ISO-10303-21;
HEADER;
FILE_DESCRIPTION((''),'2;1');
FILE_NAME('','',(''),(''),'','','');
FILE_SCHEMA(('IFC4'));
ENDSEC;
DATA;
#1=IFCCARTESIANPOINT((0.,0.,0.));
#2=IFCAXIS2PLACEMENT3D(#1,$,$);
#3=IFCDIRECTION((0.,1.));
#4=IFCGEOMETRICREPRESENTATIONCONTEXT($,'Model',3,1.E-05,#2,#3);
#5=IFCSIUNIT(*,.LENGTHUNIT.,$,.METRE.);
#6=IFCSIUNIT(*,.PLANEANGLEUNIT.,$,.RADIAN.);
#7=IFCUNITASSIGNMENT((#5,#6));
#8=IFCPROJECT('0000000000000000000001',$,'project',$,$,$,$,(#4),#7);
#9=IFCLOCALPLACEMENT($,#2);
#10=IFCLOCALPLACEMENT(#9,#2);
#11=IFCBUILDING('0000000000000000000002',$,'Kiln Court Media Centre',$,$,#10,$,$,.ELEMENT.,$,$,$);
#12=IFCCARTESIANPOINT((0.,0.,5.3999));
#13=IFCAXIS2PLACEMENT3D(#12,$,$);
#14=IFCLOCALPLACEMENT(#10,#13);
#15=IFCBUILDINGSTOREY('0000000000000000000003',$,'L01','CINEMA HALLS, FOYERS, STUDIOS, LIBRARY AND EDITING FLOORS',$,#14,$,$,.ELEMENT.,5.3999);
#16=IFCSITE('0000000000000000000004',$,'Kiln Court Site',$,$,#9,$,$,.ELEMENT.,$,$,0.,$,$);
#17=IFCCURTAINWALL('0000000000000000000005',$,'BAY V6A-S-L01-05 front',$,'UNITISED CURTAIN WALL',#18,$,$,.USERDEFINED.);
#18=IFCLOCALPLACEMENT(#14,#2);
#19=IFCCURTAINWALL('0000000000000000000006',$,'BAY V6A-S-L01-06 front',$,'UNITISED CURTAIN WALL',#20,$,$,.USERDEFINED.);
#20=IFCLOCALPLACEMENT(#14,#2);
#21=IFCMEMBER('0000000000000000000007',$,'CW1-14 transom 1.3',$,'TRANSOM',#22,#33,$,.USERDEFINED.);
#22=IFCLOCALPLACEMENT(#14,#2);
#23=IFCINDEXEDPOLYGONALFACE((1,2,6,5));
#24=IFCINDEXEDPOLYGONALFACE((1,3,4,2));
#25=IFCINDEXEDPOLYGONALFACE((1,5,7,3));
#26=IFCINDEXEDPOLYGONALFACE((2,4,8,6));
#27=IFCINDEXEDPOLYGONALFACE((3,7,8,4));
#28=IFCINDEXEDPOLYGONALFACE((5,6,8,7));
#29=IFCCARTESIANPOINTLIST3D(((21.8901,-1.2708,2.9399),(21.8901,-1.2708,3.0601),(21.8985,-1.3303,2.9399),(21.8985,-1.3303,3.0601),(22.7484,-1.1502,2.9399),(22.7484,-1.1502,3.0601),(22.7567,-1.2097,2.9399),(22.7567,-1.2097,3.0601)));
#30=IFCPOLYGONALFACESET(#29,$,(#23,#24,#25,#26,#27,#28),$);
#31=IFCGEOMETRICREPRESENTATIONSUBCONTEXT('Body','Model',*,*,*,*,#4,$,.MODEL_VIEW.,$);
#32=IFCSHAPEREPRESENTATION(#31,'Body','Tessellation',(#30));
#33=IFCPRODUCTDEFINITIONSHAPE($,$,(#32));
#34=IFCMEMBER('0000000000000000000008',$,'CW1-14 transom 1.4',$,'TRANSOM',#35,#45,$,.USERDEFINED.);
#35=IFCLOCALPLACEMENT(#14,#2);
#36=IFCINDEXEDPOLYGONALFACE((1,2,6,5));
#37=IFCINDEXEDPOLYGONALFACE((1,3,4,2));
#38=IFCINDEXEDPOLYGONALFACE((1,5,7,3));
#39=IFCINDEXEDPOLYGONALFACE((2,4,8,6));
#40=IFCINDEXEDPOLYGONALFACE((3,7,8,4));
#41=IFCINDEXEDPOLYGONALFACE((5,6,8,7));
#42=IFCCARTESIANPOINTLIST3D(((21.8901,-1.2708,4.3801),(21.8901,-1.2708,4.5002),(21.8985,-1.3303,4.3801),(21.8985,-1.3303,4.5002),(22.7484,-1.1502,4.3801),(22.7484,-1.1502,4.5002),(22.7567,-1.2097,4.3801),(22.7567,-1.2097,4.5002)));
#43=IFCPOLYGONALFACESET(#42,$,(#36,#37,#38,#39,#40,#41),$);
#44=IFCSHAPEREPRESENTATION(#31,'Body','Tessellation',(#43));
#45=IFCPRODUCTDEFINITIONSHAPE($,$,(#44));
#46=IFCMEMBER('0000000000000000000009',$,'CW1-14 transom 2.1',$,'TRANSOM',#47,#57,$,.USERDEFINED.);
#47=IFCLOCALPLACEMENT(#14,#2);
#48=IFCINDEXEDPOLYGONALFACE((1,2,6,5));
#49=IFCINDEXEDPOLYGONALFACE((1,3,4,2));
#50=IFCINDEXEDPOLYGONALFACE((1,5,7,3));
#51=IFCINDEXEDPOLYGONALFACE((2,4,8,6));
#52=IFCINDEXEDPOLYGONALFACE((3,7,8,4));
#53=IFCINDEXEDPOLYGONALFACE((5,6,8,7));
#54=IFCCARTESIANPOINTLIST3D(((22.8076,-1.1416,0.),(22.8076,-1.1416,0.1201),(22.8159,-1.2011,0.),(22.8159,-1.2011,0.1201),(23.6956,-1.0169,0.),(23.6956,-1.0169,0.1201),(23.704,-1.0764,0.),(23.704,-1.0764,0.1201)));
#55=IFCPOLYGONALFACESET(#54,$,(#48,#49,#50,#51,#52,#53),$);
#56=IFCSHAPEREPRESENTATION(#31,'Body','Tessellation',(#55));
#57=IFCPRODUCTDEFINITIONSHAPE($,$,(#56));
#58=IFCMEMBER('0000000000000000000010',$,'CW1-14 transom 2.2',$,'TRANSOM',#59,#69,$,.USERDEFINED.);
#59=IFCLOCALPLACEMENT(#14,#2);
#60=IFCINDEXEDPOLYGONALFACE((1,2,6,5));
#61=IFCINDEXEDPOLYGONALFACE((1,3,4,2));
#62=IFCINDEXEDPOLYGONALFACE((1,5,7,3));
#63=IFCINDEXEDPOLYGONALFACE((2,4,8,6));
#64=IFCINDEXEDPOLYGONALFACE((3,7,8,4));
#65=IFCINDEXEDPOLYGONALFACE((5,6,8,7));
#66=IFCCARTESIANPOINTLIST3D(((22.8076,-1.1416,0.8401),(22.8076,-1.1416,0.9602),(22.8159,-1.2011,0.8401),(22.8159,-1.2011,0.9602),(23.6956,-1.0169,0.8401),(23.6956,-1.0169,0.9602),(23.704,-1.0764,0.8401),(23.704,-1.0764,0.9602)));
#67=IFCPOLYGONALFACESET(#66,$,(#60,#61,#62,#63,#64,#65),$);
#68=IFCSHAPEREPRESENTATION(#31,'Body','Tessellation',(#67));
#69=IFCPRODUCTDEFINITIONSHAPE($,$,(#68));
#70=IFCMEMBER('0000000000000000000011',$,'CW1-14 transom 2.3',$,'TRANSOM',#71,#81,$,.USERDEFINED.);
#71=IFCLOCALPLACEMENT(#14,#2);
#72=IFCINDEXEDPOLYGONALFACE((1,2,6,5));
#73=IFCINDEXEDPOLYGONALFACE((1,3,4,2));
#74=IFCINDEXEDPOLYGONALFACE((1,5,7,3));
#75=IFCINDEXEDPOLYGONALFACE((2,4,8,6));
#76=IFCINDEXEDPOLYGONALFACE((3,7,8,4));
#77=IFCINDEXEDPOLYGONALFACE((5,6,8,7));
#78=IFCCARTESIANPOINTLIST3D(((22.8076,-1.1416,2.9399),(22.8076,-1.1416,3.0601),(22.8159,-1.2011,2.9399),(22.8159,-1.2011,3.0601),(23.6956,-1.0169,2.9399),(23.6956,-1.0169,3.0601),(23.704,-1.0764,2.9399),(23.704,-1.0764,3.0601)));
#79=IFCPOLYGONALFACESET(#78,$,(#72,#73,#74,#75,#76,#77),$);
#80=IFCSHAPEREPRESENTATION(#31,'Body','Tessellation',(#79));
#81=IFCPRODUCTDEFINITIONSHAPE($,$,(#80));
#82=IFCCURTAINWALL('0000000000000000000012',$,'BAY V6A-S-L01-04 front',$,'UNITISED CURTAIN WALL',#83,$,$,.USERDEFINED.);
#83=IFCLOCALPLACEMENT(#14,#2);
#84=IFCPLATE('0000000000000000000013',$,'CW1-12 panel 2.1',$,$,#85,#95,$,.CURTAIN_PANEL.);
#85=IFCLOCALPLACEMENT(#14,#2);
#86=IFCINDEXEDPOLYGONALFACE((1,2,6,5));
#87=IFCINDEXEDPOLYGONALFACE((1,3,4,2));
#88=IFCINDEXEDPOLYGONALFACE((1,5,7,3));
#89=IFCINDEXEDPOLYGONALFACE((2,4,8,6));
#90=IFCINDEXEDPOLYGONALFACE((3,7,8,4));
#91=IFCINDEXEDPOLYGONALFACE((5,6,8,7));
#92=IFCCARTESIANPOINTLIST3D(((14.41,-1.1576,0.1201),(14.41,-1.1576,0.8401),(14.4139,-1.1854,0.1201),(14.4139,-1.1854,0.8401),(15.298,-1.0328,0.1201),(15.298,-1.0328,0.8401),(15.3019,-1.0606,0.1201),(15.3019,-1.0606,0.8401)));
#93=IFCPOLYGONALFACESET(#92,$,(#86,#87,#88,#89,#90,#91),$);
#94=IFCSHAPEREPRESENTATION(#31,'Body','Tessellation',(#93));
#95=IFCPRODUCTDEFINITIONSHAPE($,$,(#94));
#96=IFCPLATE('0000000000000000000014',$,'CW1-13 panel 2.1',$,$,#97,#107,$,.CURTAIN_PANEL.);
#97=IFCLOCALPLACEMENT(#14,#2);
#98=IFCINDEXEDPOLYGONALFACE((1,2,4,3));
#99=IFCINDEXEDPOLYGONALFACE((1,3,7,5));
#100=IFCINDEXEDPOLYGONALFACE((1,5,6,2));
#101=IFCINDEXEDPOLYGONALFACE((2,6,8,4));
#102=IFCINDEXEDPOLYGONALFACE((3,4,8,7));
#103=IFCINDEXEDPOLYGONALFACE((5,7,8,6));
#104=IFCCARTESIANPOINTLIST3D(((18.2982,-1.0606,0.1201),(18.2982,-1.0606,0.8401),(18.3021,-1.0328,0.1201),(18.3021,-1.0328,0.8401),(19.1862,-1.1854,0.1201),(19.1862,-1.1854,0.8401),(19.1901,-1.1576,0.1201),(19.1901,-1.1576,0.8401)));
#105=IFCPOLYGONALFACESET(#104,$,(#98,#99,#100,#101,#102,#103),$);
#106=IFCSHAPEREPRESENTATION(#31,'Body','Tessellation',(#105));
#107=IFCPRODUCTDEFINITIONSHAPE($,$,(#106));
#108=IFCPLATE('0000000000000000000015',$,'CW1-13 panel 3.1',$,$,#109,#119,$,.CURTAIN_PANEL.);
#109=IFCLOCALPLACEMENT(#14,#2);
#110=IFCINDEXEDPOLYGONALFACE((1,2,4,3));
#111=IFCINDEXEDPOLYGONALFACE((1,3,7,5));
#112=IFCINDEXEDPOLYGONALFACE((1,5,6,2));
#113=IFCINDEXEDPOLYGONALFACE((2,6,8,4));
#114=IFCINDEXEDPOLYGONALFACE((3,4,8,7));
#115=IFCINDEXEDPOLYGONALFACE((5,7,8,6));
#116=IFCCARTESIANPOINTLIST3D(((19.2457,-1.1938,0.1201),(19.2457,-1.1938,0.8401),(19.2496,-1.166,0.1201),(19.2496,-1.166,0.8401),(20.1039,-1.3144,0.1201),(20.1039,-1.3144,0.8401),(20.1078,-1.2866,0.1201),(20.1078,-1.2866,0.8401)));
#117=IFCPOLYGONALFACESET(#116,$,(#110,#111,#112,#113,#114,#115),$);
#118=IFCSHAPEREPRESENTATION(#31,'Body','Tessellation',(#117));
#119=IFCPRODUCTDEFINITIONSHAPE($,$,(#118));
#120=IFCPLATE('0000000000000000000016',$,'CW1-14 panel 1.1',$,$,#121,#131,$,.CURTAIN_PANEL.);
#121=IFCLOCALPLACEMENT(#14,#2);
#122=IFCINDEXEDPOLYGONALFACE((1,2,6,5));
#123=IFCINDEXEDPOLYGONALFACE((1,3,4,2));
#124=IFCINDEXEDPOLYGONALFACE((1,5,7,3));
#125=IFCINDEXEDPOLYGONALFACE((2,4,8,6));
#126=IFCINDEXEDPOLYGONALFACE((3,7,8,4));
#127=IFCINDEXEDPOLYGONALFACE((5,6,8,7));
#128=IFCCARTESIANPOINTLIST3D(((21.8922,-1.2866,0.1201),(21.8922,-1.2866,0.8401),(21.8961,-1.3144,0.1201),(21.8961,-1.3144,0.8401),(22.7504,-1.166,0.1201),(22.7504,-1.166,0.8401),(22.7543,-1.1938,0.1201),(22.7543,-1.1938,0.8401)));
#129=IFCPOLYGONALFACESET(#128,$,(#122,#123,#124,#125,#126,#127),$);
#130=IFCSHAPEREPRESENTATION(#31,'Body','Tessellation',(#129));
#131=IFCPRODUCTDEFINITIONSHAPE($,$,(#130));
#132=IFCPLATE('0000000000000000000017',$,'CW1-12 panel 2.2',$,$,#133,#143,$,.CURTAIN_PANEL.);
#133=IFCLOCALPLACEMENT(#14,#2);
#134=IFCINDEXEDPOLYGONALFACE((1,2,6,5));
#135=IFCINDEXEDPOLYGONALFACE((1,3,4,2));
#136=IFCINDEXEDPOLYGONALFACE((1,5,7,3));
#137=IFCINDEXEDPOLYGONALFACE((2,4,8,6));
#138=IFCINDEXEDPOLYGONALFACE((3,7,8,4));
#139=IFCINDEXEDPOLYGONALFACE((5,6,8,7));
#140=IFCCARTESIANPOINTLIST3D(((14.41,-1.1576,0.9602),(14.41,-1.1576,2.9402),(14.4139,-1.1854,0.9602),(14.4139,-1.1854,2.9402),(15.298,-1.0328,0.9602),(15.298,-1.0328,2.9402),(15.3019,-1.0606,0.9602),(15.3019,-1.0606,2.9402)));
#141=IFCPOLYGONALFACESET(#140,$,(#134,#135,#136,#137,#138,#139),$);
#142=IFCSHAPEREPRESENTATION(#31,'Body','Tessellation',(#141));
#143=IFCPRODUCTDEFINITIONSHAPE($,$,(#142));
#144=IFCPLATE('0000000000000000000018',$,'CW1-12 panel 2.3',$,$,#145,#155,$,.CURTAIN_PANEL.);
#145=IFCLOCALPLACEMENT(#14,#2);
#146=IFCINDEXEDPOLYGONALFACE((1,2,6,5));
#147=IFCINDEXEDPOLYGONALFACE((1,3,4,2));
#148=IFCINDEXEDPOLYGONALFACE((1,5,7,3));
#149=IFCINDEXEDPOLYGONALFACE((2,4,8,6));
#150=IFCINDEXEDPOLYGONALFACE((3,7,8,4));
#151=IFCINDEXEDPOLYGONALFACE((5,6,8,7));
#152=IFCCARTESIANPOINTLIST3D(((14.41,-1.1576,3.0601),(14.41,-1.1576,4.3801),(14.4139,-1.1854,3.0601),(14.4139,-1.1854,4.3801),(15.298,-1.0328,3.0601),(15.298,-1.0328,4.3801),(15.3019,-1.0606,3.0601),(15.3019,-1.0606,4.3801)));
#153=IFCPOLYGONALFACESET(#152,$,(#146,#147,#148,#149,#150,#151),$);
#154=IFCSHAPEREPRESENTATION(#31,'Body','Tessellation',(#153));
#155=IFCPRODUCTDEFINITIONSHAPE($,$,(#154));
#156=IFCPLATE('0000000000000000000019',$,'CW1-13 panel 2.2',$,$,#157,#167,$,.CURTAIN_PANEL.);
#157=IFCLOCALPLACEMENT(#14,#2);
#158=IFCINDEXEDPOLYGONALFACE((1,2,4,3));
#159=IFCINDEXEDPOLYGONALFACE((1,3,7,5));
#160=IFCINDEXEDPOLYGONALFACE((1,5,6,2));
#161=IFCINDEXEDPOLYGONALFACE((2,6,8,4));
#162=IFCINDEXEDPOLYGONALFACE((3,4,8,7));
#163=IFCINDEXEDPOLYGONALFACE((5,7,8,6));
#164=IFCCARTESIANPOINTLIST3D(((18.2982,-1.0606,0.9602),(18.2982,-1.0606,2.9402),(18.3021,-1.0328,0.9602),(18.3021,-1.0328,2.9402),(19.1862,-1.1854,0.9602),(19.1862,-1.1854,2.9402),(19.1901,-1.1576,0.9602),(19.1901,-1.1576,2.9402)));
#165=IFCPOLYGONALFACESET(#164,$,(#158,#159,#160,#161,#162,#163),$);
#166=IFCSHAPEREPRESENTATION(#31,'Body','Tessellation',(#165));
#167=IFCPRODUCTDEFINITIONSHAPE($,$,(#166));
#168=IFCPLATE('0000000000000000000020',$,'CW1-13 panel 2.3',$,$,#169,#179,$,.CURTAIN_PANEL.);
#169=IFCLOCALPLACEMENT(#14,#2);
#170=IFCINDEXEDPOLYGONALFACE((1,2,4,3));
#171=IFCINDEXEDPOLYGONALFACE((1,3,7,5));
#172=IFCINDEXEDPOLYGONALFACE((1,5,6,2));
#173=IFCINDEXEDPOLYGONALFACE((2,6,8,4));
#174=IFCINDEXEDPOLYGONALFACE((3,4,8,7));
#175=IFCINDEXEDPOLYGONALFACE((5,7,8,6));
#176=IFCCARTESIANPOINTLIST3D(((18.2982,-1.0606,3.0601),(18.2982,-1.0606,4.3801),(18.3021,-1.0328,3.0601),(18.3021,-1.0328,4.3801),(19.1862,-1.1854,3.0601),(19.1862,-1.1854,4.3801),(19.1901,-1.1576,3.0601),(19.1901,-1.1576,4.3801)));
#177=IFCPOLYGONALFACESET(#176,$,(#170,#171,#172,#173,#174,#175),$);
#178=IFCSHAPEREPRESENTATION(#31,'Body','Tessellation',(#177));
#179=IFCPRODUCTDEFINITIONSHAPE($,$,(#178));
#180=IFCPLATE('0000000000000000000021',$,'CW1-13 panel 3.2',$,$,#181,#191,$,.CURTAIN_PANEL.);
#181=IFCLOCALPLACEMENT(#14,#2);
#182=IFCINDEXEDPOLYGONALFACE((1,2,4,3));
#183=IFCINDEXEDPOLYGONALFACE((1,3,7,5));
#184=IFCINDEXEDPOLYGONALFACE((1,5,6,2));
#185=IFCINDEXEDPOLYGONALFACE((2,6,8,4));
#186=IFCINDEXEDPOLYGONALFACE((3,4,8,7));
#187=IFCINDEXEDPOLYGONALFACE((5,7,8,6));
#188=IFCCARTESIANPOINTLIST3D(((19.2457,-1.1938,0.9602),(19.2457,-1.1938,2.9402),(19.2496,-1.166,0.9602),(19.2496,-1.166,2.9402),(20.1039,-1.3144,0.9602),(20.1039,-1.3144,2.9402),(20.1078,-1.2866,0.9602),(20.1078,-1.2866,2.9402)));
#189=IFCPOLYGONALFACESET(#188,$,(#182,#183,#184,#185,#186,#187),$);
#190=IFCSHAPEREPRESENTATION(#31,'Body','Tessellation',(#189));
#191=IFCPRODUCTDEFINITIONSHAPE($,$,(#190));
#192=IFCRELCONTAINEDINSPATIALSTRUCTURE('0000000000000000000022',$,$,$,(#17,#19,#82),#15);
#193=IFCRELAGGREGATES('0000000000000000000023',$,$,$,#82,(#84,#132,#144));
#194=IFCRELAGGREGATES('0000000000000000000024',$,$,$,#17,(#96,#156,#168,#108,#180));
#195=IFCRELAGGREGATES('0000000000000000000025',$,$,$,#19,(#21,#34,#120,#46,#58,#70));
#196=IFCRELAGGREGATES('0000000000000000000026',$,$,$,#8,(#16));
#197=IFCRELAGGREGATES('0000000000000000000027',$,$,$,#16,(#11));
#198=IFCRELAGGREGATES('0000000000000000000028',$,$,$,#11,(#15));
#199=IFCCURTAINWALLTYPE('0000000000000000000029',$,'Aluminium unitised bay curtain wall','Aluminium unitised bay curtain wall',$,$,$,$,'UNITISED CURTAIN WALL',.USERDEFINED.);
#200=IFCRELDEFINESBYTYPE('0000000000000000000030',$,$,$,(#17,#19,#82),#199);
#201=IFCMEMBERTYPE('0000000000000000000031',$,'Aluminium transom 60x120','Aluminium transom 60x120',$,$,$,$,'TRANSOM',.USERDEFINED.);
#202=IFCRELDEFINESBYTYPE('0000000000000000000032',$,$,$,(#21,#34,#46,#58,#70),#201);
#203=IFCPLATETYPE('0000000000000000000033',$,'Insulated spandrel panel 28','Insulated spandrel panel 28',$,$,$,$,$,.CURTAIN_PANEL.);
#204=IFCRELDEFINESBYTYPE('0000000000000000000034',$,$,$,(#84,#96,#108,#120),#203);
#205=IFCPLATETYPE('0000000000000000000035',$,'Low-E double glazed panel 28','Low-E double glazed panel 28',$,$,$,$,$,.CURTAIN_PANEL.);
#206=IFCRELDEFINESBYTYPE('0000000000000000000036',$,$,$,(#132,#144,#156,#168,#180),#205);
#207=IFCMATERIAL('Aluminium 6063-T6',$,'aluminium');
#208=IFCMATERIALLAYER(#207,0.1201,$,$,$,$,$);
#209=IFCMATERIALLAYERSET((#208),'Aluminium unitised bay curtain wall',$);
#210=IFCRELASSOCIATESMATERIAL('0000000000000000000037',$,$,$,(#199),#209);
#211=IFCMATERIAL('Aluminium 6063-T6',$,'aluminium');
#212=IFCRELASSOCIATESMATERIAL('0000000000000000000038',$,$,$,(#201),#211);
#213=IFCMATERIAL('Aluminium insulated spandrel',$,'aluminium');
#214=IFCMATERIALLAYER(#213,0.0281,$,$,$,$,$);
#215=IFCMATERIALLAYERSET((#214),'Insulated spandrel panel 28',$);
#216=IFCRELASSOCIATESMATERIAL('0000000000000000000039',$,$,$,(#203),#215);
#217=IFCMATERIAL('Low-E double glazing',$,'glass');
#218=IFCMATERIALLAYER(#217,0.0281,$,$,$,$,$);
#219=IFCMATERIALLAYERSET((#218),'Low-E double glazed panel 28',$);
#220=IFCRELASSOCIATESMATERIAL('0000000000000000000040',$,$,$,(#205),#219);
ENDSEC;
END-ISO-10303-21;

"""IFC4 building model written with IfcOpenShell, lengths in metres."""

from ifc_helpers import new_model, si_unit, direction, frame, origin, origin_2d, place, context, subcontext, project, spatial, rectangle, extrude, material, layer, layer_set, material_profile, profile_set, type_object, element, aggregate, save


model = new_model("IFC4")

# Units and contexts
model_context = context("Model", 3, precision=1e-05, world=origin(), true_north=direction((0.0, 1.0)))
body_context = subcontext(model_context, "Body", "Model", "MODEL_VIEW")
ifc_project = project(units=[si_unit("LENGTHUNIT", "METRE"), si_unit("PLANEANGLEUNIT", "RADIAN")], contexts=[model_context])

# Site, building, storey
site_placement = place(None, origin())
site = spatial("IfcSite", under=ifc_project, at=site_placement, Name="Kiln Court Site", CompositionType="ELEMENT", RefElevation=0.0)
building_placement = place(site_placement, origin())
building = spatial("IfcBuilding", under=site, at=building_placement, Name="Kiln Court Media Centre", CompositionType="ELEMENT")
storey_placement = place(building_placement, frame((0.0, 0.0, 5.3999)))
storey = spatial("IfcBuildingStorey", under=building, at=storey_placement, Name="L01", Description="CINEMA HALLS, FOYERS, STUDIOS, LIBRARY AND EDITING FLOORS", CompositionType="ELEMENT", Elevation=5.3999)

# Curtain walls
ifc_material_1 = material(Name="Aluminium 6063-T6", Category="aluminium")
ifc_layer_1 = layer(ifc_material_1, 0.1201)
ifc_layer_set_1 = layer_set([ifc_layer_1], Name="Aluminium unitised bay curtain wall")
curtain_wall_type = type_object("IfcCurtainWallType", Name="Aluminium unitised bay curtain wall", Description="Aluminium unitised bay curtain wall", ElementType="UNITISED CURTAIN WALL", PredefinedType="USERDEFINED", material=ifc_layer_set_1)
curtain_wall_1_placement = place(storey_placement, origin())
curtain_wall_1 = element("IfcCurtainWall", 1, at=curtain_wall_1_placement, inside=storey, type_object=curtain_wall_type, Name="BAY V6A-S-L01-05 front", ObjectType="UNITISED CURTAIN WALL", PredefinedType="USERDEFINED")
curtain_wall_2_placement = place(storey_placement, origin())
curtain_wall_2 = element("IfcCurtainWall", 2, at=curtain_wall_2_placement, inside=storey, type_object=curtain_wall_type, Name="BAY V6A-S-L01-06 front", ObjectType="UNITISED CURTAIN WALL", PredefinedType="USERDEFINED")

# Members
ifc_material_2 = material(Name="Aluminium 6063-T6", Category="aluminium")
ifc_material_profile_1 = material_profile(ifc_material_2, rectangle(XDim=0.0601, YDim=0.1201, at=origin_2d()), Name="Aluminium transom 60x120")
ifc_profile_set_1 = profile_set([ifc_material_profile_1], Name="Aluminium 6063-T6")
member_type_1 = type_object("IfcMemberType", Name="Aluminium transom 60x120", Description="Aluminium transom 60x120", ElementType="TRANSOM", PredefinedType="USERDEFINED", material=ifc_profile_set_1)
member_1_placement = place(storey_placement, frame((21.8943, -1.3005, 3.0), z_axis=(0.990268, 0.139173, 0.0), x_axis=(-0.139173, 0.990268, 0.0)))
member_1 = element("IfcMember", 3, at=member_1_placement, type_object=member_type_1, Name="CW1-14 transom 1.3", ObjectType="TRANSOM", PredefinedType="USERDEFINED", context=body_context, shape_type="SweptSolid", body=[
    extrude(rectangle(XDim=0.0601, YDim=0.1201, at=origin_2d()), origin(), (0.0, 0.0, 1.0), 0.8667),
])
member_2_placement = place(storey_placement, frame((21.8943, -1.3005, 4.4402), z_axis=(0.990268, 0.139173, 0.0), x_axis=(-0.139173, 0.990268, 0.0)))
member_2 = element("IfcMember", 4, at=member_2_placement, type_object=member_type_1, Name="CW1-14 transom 1.4", ObjectType="TRANSOM", PredefinedType="USERDEFINED", context=body_context, shape_type="SweptSolid", body=[
    extrude(rectangle(XDim=0.0601, YDim=0.1201, at=origin_2d()), origin(), (0.0, 0.0, 1.0), 0.8667),
])
member_3_placement = place(storey_placement, frame((22.8118, -1.1714, 0.0601), z_axis=(0.990274, 0.139134, 0.0), x_axis=(-0.139134, 0.990274, 0.0)))
member_3 = element("IfcMember", 5, at=member_3_placement, type_object=member_type_1, Name="CW1-14 transom 2.1", ObjectType="TRANSOM", PredefinedType="USERDEFINED", context=body_context, shape_type="SweptSolid", body=[
    extrude(rectangle(XDim=0.0601, YDim=0.1201, at=origin_2d()), origin(), (0.0, 0.0, 1.0), 0.8967),
])
member_4_placement = place(storey_placement, frame((22.8118, -1.1714, 0.9001), z_axis=(0.990274, 0.139134, 0.0), x_axis=(-0.139134, 0.990274, 0.0)))
member_4 = element("IfcMember", 6, at=member_4_placement, type_object=member_type_1, Name="CW1-14 transom 2.2", ObjectType="TRANSOM", PredefinedType="USERDEFINED", context=body_context, shape_type="SweptSolid", body=[
    extrude(rectangle(XDim=0.0601, YDim=0.1201, at=origin_2d()), origin(), (0.0, 0.0, 1.0), 0.8967),
])
member_5_placement = place(storey_placement, frame((22.8118, -1.1714, 3.0), z_axis=(0.990274, 0.139134, 0.0), x_axis=(-0.139134, 0.990274, 0.0)))
member_5 = element("IfcMember", 7, at=member_5_placement, type_object=member_type_1, Name="CW1-14 transom 2.3", ObjectType="TRANSOM", PredefinedType="USERDEFINED", context=body_context, shape_type="SweptSolid", body=[
    extrude(rectangle(XDim=0.0601, YDim=0.1201, at=origin_2d()), origin(), (0.0, 0.0, 1.0), 0.8967),
])

# Curtain wall, plate
curtain_wall_3_placement = place(storey_placement, origin())
curtain_wall_3 = element("IfcCurtainWall", 8, at=curtain_wall_3_placement, inside=storey, type_object=curtain_wall_type, Name="BAY V6A-S-L01-04 front", ObjectType="UNITISED CURTAIN WALL", PredefinedType="USERDEFINED")
ifc_material_3 = material(Name="Aluminium insulated spandrel", Category="aluminium")
ifc_layer_2 = layer(ifc_material_3, 0.0281)
ifc_layer_set_2 = layer_set([ifc_layer_2], Name="Insulated spandrel panel 28")
plate_type_1 = type_object("IfcPlateType", Name="Insulated spandrel panel 28", Description="Insulated spandrel panel 28", PredefinedType="CURTAIN_PANEL", material=ifc_layer_set_2)
plate_1_placement = place(storey_placement, frame((14.856, -1.1091, 0.1201), z_axis=(0.0, 0.0, 1.0), x_axis=(0.99027, 0.139162, 0.0)))
plate_1 = element("IfcPlate", 9, at=plate_1_placement, type_object=plate_type_1, Name="CW1-12 panel 2.1", PredefinedType="CURTAIN_PANEL", context=body_context, shape_type="SweptSolid", body=[
    extrude(rectangle(XDim=0.8967, YDim=0.0281, at=origin_2d()), origin(), (0.0, 0.0, 1.0), 0.72),
])

# Plates
plate_2_placement = place(storey_placement, frame((18.7441, -1.1091, 0.1201), z_axis=(0.0, 0.0, 1.0), x_axis=(0.99027, -0.139162, 0.0)))
plate_2 = element("IfcPlate", 10, at=plate_2_placement, type_object=plate_type_1, Name="CW1-13 panel 2.1", PredefinedType="CURTAIN_PANEL", context=body_context, shape_type="SweptSolid", body=[
    extrude(rectangle(XDim=0.8967, YDim=0.0281, at=origin_2d()), origin(), (0.0, 0.0, 1.0), 0.72),
])
plate_3_placement = place(storey_placement, frame((19.6768, -1.2402, 0.1201), z_axis=(0.0, 0.0, 1.0), x_axis=(0.99027, -0.139162, 0.0)))
plate_3 = element("IfcPlate", 11, at=plate_3_placement, type_object=plate_type_1, Name="CW1-13 panel 3.1", PredefinedType="CURTAIN_PANEL", context=body_context, shape_type="SweptSolid", body=[
    extrude(rectangle(XDim=0.8667, YDim=0.0281, at=origin_2d()), origin(), (0.0, 0.0, 1.0), 0.72),
])
plate_4_placement = place(storey_placement, frame((22.3232, -1.2402, 0.1201), z_axis=(0.0, 0.0, 1.0), x_axis=(0.99027, 0.139162, 0.0)))
plate_4 = element("IfcPlate", 12, at=plate_4_placement, type_object=plate_type_1, Name="CW1-14 panel 1.1", PredefinedType="CURTAIN_PANEL", context=body_context, shape_type="SweptSolid", body=[
    extrude(rectangle(XDim=0.8667, YDim=0.0281, at=origin_2d()), origin(), (0.0, 0.0, 1.0), 0.72),
])
ifc_material_4 = material(Name="Low-E double glazing", Category="glass")
ifc_layer_3 = layer(ifc_material_4, 0.0281)
ifc_layer_set_3 = layer_set([ifc_layer_3], Name="Low-E double glazed panel 28")
plate_type_2 = type_object("IfcPlateType", Name="Low-E double glazed panel 28", Description="Low-E double glazed panel 28", PredefinedType="CURTAIN_PANEL", material=ifc_layer_set_3)
plate_5_placement = place(storey_placement, frame((14.856, -1.1091, 0.9602), z_axis=(0.0, 0.0, 1.0), x_axis=(0.99027, 0.139162, 0.0)))
plate_5 = element("IfcPlate", 13, at=plate_5_placement, type_object=plate_type_2, Name="CW1-12 panel 2.2", PredefinedType="CURTAIN_PANEL", context=body_context, shape_type="SweptSolid", body=[
    extrude(rectangle(XDim=0.8967, YDim=0.0281, at=origin_2d()), origin(), (0.0, 0.0, 1.0), 1.98),
])
plate_6_placement = place(storey_placement, frame((14.856, -1.1091, 3.0601), z_axis=(0.0, 0.0, 1.0), x_axis=(0.99027, 0.139162, 0.0)))
plate_6 = element("IfcPlate", 14, at=plate_6_placement, type_object=plate_type_2, Name="CW1-12 panel 2.3", PredefinedType="CURTAIN_PANEL", context=body_context, shape_type="SweptSolid", body=[
    extrude(rectangle(XDim=0.8967, YDim=0.0281, at=origin_2d()), origin(), (0.0, 0.0, 1.0), 1.3201),
])
aggregate(curtain_wall_3, [plate_1, plate_5, plate_6])
plate_7_placement = place(storey_placement, frame((18.7441, -1.1091, 0.9602), z_axis=(0.0, 0.0, 1.0), x_axis=(0.99027, -0.139162, 0.0)))
plate_7 = element("IfcPlate", 15, at=plate_7_placement, type_object=plate_type_2, Name="CW1-13 panel 2.2", PredefinedType="CURTAIN_PANEL", context=body_context, shape_type="SweptSolid", body=[
    extrude(rectangle(XDim=0.8967, YDim=0.0281, at=origin_2d()), origin(), (0.0, 0.0, 1.0), 1.98),
])
plate_8_placement = place(storey_placement, frame((18.7441, -1.1091, 3.0601), z_axis=(0.0, 0.0, 1.0), x_axis=(0.99027, -0.139162, 0.0)))
plate_8 = element("IfcPlate", 16, at=plate_8_placement, type_object=plate_type_2, Name="CW1-13 panel 2.3", PredefinedType="CURTAIN_PANEL", context=body_context, shape_type="SweptSolid", body=[
    extrude(rectangle(XDim=0.8967, YDim=0.0281, at=origin_2d()), origin(), (0.0, 0.0, 1.0), 1.3201),
])
plate_9_placement = place(storey_placement, frame((19.6768, -1.2402, 0.9602), z_axis=(0.0, 0.0, 1.0), x_axis=(0.99027, -0.139162, 0.0)))
plate_9 = element("IfcPlate", 17, at=plate_9_placement, type_object=plate_type_2, Name="CW1-13 panel 3.2", PredefinedType="CURTAIN_PANEL", context=body_context, shape_type="SweptSolid", body=[
    extrude(rectangle(XDim=0.8667, YDim=0.0281, at=origin_2d()), origin(), (0.0, 0.0, 1.0), 1.98),
])
aggregate(curtain_wall_1, [plate_2, plate_7, plate_8, plate_3, plate_9])
aggregate(curtain_wall_2, [member_1, member_2, plate_4, member_3, member_4, member_5])

save(model, "model.ifc")
